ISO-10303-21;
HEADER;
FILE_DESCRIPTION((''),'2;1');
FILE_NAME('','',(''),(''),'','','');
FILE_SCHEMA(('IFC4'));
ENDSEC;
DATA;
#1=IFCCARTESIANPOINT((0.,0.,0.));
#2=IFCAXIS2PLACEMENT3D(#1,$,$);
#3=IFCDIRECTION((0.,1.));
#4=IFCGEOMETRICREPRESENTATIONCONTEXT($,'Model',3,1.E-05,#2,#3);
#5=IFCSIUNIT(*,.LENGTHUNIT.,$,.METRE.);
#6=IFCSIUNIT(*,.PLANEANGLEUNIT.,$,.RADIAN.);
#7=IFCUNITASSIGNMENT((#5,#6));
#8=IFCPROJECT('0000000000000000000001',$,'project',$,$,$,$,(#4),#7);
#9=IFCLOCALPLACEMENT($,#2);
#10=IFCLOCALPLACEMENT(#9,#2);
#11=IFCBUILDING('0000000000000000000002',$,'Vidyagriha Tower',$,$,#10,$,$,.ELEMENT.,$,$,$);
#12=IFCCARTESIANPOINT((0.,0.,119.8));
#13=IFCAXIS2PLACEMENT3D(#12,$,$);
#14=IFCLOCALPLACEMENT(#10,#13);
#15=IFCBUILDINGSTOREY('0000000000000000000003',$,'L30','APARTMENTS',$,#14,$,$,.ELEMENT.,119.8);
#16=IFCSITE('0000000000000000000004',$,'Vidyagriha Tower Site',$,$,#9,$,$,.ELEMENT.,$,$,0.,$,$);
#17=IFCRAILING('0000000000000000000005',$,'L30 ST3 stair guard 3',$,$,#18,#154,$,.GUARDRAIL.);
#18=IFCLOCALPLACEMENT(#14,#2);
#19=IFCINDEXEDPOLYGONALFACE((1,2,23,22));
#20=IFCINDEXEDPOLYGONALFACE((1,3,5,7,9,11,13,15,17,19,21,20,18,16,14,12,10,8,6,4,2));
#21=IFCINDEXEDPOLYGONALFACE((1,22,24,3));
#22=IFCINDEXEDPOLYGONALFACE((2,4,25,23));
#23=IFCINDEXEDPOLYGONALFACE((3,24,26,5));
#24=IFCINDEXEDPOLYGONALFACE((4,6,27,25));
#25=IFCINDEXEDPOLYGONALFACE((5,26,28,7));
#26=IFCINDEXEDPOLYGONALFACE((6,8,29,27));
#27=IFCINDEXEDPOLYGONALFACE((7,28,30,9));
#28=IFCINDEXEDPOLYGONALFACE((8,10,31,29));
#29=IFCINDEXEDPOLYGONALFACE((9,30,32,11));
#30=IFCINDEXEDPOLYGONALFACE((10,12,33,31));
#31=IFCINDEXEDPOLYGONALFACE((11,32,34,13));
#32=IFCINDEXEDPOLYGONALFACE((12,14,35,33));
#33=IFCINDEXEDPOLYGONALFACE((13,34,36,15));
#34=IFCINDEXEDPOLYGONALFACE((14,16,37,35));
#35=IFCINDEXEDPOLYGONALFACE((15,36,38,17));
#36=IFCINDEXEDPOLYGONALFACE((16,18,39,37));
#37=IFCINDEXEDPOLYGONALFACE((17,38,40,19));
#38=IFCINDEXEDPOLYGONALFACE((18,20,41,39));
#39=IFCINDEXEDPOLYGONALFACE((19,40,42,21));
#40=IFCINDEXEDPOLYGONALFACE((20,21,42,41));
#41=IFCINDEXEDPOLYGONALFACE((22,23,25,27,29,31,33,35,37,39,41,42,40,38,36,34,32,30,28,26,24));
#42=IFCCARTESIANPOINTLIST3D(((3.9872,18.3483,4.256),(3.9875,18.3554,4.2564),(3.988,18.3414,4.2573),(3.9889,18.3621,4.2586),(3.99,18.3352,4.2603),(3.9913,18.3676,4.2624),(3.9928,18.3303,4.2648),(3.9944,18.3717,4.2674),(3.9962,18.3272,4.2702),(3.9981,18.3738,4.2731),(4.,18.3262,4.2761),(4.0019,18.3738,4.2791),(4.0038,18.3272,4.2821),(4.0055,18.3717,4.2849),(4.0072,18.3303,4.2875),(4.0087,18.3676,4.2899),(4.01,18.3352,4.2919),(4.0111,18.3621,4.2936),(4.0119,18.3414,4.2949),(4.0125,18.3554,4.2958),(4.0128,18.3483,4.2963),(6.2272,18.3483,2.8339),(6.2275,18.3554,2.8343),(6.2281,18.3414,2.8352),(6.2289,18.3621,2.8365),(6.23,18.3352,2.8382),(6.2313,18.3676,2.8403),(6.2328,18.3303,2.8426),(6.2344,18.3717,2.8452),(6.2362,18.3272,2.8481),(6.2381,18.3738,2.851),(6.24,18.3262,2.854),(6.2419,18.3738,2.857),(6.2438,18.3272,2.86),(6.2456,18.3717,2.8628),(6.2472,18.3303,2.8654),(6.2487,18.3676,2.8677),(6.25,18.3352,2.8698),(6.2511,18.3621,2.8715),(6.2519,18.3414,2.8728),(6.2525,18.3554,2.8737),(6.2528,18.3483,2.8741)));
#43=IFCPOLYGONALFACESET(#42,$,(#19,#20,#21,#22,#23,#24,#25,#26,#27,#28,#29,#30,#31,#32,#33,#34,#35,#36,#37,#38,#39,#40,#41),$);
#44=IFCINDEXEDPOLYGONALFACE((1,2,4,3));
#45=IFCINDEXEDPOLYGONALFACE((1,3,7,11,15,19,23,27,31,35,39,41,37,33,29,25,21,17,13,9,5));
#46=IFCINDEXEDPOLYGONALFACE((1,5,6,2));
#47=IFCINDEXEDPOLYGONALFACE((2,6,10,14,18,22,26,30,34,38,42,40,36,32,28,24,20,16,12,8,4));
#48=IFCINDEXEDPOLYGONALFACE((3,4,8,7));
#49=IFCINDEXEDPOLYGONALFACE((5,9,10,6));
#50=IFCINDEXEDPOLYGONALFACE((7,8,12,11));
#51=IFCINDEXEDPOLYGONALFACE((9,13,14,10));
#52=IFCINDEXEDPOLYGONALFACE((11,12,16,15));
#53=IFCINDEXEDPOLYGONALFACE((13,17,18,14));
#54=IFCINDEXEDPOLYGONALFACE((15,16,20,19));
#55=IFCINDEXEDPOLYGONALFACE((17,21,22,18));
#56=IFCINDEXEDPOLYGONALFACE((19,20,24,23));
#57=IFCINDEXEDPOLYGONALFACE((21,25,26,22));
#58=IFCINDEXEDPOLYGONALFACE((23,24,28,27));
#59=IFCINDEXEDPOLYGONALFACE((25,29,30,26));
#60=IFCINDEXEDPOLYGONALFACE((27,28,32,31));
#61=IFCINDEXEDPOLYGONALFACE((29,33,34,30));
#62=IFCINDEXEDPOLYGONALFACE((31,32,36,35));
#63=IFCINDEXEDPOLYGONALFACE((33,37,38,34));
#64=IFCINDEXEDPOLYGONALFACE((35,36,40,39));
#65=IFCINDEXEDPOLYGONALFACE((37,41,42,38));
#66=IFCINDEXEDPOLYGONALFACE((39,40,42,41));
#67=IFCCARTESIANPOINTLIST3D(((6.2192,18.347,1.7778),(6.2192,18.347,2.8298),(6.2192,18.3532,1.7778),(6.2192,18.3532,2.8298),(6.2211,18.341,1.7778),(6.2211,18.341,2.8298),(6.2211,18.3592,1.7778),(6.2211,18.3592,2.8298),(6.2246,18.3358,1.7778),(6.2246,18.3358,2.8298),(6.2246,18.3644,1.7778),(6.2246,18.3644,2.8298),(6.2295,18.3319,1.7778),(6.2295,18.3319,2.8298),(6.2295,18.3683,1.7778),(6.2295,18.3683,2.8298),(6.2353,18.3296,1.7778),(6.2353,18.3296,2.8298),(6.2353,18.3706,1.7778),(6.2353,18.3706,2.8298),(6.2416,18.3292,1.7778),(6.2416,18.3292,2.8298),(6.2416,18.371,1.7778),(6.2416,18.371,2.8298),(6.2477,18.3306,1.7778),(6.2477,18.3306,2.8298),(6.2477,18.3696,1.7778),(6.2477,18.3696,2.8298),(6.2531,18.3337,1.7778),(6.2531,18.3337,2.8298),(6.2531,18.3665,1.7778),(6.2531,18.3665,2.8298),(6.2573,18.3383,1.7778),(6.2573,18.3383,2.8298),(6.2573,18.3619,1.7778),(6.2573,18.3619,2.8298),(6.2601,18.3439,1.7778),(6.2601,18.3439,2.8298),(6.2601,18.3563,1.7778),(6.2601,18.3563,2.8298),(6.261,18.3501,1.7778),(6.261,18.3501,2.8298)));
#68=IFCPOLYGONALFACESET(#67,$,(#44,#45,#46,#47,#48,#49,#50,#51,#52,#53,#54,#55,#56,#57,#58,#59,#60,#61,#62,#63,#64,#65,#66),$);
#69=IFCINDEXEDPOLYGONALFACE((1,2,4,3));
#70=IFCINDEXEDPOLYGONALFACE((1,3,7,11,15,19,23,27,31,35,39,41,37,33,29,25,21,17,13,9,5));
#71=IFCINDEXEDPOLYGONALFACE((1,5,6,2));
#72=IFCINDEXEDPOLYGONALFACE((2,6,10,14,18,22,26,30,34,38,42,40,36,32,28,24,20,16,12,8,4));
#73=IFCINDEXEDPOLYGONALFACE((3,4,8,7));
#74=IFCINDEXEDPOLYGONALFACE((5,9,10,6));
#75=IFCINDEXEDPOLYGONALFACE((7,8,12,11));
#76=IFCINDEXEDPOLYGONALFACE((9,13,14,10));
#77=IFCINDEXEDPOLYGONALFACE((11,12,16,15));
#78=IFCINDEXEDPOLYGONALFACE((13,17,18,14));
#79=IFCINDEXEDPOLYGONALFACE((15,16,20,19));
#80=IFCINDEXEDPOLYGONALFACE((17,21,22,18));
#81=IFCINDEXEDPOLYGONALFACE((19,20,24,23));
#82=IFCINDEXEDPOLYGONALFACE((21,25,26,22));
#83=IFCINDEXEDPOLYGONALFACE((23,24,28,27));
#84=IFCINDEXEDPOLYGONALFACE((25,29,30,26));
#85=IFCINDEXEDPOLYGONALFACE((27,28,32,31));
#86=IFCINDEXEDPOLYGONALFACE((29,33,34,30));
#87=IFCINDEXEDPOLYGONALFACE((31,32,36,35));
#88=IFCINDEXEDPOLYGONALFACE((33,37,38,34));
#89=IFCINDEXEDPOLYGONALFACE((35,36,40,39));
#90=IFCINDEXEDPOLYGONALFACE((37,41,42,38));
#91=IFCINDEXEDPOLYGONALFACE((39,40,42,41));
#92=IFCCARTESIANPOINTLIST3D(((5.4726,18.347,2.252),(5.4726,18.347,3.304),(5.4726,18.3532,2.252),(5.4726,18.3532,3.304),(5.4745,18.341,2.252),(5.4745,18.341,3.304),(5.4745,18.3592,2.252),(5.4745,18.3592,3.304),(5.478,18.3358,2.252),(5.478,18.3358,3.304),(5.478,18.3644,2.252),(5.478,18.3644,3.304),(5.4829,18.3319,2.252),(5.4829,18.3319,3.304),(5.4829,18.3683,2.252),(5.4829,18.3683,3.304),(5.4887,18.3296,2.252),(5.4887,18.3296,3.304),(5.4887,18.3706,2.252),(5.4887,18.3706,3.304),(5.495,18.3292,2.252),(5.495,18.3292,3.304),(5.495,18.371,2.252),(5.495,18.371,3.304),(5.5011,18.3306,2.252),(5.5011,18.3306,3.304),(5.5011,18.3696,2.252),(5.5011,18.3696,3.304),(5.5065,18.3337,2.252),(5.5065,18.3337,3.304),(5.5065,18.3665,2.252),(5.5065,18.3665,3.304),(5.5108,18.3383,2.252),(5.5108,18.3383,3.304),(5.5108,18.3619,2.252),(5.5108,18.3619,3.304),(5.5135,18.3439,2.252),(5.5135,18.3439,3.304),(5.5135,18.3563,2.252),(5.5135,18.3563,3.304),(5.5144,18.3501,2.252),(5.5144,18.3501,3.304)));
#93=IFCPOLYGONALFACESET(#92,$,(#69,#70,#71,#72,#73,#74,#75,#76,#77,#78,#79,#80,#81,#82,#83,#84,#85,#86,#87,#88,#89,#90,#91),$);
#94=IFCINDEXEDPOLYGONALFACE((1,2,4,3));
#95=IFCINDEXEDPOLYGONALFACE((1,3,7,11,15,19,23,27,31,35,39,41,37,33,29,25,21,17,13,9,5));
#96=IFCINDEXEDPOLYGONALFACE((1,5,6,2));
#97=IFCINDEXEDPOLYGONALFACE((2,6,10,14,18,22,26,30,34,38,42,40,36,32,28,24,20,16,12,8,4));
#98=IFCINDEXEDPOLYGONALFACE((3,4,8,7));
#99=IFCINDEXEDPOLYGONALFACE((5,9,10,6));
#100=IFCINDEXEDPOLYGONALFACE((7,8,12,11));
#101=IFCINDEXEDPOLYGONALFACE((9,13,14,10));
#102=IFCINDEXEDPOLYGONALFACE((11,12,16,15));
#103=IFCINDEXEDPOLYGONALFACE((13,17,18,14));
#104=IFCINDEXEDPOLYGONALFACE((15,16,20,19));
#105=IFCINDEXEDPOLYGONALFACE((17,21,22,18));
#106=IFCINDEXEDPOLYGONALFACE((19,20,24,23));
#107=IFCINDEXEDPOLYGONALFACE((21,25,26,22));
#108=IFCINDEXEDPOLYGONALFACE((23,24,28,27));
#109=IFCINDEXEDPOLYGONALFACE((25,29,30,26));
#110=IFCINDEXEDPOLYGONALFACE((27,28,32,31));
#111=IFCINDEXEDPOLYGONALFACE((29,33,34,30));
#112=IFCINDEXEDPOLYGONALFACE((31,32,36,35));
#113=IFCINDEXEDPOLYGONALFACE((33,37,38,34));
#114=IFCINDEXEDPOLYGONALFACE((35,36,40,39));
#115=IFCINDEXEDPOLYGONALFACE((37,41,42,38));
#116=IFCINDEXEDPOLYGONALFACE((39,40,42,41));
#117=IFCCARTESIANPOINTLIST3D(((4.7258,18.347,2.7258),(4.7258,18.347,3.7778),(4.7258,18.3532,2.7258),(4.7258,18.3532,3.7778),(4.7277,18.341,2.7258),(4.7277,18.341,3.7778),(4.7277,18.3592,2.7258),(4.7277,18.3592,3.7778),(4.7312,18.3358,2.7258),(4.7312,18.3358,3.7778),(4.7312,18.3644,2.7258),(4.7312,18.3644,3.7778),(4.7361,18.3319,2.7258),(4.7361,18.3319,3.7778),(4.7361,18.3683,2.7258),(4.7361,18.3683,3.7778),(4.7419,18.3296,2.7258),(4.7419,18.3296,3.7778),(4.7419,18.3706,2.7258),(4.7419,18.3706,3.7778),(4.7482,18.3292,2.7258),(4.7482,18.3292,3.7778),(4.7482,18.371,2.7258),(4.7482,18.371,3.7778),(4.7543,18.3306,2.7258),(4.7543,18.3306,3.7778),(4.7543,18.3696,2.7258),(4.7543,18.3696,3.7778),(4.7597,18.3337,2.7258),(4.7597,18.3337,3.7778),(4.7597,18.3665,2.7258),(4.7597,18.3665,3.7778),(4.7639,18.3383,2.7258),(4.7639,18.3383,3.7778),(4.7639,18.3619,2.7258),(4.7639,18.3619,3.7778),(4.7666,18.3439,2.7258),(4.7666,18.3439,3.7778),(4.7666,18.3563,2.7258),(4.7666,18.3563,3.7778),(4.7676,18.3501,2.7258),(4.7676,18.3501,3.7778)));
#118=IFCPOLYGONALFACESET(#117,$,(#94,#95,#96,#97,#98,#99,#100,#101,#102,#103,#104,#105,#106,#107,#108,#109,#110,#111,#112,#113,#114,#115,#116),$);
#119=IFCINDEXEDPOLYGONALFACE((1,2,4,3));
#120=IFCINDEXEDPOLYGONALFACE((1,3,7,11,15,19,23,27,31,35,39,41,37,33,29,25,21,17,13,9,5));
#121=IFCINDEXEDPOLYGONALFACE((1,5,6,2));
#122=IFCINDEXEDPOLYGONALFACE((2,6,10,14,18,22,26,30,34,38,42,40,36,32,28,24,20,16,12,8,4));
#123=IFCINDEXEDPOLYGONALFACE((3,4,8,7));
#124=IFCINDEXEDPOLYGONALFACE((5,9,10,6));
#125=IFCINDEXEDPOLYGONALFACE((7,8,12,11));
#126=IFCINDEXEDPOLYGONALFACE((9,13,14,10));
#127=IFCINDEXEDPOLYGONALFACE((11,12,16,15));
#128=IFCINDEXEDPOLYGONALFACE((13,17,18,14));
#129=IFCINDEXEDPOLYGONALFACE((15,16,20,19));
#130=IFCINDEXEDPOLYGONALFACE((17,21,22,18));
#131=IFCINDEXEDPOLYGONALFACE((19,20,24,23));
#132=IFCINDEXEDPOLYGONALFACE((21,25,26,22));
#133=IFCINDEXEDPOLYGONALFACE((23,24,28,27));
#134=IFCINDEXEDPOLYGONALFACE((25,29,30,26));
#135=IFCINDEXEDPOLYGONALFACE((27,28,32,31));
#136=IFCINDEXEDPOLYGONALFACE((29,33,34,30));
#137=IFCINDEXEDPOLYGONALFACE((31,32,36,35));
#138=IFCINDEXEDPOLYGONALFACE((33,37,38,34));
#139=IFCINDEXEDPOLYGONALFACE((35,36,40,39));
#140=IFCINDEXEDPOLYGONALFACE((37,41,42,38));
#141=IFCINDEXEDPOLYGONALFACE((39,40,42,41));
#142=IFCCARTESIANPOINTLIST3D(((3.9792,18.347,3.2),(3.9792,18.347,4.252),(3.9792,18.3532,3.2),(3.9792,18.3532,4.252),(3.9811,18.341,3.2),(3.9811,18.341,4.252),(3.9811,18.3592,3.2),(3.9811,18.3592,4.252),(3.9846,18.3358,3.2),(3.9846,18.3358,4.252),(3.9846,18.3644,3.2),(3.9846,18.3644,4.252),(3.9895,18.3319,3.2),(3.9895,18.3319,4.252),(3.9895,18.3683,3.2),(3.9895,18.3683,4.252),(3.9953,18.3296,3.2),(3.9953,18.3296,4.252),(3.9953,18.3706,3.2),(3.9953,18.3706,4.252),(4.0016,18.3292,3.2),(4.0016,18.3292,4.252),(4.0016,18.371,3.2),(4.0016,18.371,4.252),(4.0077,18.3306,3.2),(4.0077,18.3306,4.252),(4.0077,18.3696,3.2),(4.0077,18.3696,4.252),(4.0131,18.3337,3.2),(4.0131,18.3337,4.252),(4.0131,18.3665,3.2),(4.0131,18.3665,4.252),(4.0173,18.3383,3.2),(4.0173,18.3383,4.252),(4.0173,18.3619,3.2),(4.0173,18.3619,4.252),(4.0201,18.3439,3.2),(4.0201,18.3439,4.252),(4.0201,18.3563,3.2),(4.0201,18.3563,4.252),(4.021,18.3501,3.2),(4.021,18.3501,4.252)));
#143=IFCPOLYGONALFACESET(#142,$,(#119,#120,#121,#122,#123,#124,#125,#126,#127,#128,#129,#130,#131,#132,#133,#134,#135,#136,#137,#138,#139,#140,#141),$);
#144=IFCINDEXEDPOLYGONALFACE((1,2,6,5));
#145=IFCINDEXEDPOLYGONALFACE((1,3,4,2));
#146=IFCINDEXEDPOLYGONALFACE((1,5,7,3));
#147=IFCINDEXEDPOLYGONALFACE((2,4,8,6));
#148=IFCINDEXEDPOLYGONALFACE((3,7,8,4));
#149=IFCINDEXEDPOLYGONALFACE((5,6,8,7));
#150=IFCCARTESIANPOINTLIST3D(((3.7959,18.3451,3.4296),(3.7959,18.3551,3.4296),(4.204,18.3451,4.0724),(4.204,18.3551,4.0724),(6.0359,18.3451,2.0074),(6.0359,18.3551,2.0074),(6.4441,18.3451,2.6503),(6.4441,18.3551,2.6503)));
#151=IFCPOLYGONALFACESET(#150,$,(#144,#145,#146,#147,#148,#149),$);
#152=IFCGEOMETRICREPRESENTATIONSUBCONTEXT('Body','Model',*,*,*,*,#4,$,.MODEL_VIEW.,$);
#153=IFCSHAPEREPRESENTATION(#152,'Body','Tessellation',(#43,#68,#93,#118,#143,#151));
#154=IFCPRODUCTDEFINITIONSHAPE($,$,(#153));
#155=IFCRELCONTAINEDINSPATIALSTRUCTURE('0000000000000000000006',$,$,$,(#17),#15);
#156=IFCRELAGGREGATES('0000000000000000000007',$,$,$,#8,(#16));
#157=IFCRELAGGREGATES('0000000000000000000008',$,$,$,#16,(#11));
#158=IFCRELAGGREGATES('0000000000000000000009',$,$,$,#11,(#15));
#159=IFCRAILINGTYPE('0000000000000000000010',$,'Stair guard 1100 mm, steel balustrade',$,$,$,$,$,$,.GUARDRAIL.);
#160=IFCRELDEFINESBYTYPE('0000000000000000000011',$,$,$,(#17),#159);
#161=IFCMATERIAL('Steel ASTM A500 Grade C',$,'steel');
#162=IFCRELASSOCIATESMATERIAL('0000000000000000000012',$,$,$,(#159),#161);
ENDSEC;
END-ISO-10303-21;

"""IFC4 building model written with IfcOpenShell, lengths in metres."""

from ifc_helpers import new_model, si_unit, direction, frame, origin, origin_2d, place, context, subcontext, project, spatial, rectangle, circle, extrude, material, type_object, element, save


model = new_model("IFC4")

# Units and contexts
model_context = context("Model", 3, precision=1e-05, world=origin(), true_north=direction((0.0, 1.0)))
body_context = subcontext(model_context, "Body", "Model", "MODEL_VIEW")
ifc_project = project(units=[si_unit("LENGTHUNIT", "METRE"), si_unit("PLANEANGLEUNIT", "RADIAN")], contexts=[model_context])

# Site, building, storey
site_placement = place(None, origin())
site = spatial("IfcSite", under=ifc_project, at=site_placement, Name="Vidyagriha Tower Site", CompositionType="ELEMENT", RefElevation=0.0)
building_placement = place(site_placement, origin())
building = spatial("IfcBuilding", under=site, at=building_placement, Name="Vidyagriha Tower", CompositionType="ELEMENT")
storey_placement = place(building_placement, frame((0.0, 0.0, 119.8)))
storey = spatial("IfcBuildingStorey", under=building, at=storey_placement, Name="L30", Description="APARTMENTS", CompositionType="ELEMENT", Elevation=119.8)

# Railing
ifc_material_1 = material(Name="Steel ASTM A500 Grade C", Category="steel")
railing_type_1 = type_object("IfcRailingType", Name="Stair guard 1100 mm, steel balustrade", PredefinedType="GUARDRAIL", material=ifc_material_1)
railing_1_placement = place(storey_placement, frame((6.24, 18.3501, 1.7778)))
element("IfcRailing", 1, at=railing_1_placement, inside=storey, type_object=railing_type_1, Name="L30 ST3 stair guard 3", PredefinedType="GUARDRAIL", context=body_context, shape_type="SweptSolid", body=[
    extrude(circle(Radius=0.0239, at=origin_2d()), frame((0.0, 0.0, 1.0762), z_axis=(-0.844229, 0.0, 0.535982), x_axis=(0.0, -1.0, 0.0)), (0.0, 0.0, 1.0), 2.6533),
    extrude(circle(Radius=0.021, at=origin_2d()), origin(), (0.0, 0.0, 1.0), 1.052),
    extrude(circle(Radius=0.021, at=origin_2d()), frame((-0.7466, 0.0, 0.4741)), (0.0, 0.0, 1.0), 1.052),
    extrude(circle(Radius=0.021, at=origin_2d()), frame((-1.4934, 0.0, 0.948)), (0.0, 0.0, 1.0), 1.052),
    extrude(circle(Radius=0.021, at=origin_2d()), frame((-2.24, 0.0, 1.4221)), (0.0, 0.0, 1.0), 1.052),
    extrude(rectangle(XDim=0.01, YDim=0.7615, at=origin_2d()), frame((0.0, 0.0, 0.551), z_axis=(-0.844229, 0.0, 0.535982), x_axis=(0.0, -1.0, 0.0)), (0.0, 0.0, 1.0), 2.6533),
])

save(model, "model.ifc")
